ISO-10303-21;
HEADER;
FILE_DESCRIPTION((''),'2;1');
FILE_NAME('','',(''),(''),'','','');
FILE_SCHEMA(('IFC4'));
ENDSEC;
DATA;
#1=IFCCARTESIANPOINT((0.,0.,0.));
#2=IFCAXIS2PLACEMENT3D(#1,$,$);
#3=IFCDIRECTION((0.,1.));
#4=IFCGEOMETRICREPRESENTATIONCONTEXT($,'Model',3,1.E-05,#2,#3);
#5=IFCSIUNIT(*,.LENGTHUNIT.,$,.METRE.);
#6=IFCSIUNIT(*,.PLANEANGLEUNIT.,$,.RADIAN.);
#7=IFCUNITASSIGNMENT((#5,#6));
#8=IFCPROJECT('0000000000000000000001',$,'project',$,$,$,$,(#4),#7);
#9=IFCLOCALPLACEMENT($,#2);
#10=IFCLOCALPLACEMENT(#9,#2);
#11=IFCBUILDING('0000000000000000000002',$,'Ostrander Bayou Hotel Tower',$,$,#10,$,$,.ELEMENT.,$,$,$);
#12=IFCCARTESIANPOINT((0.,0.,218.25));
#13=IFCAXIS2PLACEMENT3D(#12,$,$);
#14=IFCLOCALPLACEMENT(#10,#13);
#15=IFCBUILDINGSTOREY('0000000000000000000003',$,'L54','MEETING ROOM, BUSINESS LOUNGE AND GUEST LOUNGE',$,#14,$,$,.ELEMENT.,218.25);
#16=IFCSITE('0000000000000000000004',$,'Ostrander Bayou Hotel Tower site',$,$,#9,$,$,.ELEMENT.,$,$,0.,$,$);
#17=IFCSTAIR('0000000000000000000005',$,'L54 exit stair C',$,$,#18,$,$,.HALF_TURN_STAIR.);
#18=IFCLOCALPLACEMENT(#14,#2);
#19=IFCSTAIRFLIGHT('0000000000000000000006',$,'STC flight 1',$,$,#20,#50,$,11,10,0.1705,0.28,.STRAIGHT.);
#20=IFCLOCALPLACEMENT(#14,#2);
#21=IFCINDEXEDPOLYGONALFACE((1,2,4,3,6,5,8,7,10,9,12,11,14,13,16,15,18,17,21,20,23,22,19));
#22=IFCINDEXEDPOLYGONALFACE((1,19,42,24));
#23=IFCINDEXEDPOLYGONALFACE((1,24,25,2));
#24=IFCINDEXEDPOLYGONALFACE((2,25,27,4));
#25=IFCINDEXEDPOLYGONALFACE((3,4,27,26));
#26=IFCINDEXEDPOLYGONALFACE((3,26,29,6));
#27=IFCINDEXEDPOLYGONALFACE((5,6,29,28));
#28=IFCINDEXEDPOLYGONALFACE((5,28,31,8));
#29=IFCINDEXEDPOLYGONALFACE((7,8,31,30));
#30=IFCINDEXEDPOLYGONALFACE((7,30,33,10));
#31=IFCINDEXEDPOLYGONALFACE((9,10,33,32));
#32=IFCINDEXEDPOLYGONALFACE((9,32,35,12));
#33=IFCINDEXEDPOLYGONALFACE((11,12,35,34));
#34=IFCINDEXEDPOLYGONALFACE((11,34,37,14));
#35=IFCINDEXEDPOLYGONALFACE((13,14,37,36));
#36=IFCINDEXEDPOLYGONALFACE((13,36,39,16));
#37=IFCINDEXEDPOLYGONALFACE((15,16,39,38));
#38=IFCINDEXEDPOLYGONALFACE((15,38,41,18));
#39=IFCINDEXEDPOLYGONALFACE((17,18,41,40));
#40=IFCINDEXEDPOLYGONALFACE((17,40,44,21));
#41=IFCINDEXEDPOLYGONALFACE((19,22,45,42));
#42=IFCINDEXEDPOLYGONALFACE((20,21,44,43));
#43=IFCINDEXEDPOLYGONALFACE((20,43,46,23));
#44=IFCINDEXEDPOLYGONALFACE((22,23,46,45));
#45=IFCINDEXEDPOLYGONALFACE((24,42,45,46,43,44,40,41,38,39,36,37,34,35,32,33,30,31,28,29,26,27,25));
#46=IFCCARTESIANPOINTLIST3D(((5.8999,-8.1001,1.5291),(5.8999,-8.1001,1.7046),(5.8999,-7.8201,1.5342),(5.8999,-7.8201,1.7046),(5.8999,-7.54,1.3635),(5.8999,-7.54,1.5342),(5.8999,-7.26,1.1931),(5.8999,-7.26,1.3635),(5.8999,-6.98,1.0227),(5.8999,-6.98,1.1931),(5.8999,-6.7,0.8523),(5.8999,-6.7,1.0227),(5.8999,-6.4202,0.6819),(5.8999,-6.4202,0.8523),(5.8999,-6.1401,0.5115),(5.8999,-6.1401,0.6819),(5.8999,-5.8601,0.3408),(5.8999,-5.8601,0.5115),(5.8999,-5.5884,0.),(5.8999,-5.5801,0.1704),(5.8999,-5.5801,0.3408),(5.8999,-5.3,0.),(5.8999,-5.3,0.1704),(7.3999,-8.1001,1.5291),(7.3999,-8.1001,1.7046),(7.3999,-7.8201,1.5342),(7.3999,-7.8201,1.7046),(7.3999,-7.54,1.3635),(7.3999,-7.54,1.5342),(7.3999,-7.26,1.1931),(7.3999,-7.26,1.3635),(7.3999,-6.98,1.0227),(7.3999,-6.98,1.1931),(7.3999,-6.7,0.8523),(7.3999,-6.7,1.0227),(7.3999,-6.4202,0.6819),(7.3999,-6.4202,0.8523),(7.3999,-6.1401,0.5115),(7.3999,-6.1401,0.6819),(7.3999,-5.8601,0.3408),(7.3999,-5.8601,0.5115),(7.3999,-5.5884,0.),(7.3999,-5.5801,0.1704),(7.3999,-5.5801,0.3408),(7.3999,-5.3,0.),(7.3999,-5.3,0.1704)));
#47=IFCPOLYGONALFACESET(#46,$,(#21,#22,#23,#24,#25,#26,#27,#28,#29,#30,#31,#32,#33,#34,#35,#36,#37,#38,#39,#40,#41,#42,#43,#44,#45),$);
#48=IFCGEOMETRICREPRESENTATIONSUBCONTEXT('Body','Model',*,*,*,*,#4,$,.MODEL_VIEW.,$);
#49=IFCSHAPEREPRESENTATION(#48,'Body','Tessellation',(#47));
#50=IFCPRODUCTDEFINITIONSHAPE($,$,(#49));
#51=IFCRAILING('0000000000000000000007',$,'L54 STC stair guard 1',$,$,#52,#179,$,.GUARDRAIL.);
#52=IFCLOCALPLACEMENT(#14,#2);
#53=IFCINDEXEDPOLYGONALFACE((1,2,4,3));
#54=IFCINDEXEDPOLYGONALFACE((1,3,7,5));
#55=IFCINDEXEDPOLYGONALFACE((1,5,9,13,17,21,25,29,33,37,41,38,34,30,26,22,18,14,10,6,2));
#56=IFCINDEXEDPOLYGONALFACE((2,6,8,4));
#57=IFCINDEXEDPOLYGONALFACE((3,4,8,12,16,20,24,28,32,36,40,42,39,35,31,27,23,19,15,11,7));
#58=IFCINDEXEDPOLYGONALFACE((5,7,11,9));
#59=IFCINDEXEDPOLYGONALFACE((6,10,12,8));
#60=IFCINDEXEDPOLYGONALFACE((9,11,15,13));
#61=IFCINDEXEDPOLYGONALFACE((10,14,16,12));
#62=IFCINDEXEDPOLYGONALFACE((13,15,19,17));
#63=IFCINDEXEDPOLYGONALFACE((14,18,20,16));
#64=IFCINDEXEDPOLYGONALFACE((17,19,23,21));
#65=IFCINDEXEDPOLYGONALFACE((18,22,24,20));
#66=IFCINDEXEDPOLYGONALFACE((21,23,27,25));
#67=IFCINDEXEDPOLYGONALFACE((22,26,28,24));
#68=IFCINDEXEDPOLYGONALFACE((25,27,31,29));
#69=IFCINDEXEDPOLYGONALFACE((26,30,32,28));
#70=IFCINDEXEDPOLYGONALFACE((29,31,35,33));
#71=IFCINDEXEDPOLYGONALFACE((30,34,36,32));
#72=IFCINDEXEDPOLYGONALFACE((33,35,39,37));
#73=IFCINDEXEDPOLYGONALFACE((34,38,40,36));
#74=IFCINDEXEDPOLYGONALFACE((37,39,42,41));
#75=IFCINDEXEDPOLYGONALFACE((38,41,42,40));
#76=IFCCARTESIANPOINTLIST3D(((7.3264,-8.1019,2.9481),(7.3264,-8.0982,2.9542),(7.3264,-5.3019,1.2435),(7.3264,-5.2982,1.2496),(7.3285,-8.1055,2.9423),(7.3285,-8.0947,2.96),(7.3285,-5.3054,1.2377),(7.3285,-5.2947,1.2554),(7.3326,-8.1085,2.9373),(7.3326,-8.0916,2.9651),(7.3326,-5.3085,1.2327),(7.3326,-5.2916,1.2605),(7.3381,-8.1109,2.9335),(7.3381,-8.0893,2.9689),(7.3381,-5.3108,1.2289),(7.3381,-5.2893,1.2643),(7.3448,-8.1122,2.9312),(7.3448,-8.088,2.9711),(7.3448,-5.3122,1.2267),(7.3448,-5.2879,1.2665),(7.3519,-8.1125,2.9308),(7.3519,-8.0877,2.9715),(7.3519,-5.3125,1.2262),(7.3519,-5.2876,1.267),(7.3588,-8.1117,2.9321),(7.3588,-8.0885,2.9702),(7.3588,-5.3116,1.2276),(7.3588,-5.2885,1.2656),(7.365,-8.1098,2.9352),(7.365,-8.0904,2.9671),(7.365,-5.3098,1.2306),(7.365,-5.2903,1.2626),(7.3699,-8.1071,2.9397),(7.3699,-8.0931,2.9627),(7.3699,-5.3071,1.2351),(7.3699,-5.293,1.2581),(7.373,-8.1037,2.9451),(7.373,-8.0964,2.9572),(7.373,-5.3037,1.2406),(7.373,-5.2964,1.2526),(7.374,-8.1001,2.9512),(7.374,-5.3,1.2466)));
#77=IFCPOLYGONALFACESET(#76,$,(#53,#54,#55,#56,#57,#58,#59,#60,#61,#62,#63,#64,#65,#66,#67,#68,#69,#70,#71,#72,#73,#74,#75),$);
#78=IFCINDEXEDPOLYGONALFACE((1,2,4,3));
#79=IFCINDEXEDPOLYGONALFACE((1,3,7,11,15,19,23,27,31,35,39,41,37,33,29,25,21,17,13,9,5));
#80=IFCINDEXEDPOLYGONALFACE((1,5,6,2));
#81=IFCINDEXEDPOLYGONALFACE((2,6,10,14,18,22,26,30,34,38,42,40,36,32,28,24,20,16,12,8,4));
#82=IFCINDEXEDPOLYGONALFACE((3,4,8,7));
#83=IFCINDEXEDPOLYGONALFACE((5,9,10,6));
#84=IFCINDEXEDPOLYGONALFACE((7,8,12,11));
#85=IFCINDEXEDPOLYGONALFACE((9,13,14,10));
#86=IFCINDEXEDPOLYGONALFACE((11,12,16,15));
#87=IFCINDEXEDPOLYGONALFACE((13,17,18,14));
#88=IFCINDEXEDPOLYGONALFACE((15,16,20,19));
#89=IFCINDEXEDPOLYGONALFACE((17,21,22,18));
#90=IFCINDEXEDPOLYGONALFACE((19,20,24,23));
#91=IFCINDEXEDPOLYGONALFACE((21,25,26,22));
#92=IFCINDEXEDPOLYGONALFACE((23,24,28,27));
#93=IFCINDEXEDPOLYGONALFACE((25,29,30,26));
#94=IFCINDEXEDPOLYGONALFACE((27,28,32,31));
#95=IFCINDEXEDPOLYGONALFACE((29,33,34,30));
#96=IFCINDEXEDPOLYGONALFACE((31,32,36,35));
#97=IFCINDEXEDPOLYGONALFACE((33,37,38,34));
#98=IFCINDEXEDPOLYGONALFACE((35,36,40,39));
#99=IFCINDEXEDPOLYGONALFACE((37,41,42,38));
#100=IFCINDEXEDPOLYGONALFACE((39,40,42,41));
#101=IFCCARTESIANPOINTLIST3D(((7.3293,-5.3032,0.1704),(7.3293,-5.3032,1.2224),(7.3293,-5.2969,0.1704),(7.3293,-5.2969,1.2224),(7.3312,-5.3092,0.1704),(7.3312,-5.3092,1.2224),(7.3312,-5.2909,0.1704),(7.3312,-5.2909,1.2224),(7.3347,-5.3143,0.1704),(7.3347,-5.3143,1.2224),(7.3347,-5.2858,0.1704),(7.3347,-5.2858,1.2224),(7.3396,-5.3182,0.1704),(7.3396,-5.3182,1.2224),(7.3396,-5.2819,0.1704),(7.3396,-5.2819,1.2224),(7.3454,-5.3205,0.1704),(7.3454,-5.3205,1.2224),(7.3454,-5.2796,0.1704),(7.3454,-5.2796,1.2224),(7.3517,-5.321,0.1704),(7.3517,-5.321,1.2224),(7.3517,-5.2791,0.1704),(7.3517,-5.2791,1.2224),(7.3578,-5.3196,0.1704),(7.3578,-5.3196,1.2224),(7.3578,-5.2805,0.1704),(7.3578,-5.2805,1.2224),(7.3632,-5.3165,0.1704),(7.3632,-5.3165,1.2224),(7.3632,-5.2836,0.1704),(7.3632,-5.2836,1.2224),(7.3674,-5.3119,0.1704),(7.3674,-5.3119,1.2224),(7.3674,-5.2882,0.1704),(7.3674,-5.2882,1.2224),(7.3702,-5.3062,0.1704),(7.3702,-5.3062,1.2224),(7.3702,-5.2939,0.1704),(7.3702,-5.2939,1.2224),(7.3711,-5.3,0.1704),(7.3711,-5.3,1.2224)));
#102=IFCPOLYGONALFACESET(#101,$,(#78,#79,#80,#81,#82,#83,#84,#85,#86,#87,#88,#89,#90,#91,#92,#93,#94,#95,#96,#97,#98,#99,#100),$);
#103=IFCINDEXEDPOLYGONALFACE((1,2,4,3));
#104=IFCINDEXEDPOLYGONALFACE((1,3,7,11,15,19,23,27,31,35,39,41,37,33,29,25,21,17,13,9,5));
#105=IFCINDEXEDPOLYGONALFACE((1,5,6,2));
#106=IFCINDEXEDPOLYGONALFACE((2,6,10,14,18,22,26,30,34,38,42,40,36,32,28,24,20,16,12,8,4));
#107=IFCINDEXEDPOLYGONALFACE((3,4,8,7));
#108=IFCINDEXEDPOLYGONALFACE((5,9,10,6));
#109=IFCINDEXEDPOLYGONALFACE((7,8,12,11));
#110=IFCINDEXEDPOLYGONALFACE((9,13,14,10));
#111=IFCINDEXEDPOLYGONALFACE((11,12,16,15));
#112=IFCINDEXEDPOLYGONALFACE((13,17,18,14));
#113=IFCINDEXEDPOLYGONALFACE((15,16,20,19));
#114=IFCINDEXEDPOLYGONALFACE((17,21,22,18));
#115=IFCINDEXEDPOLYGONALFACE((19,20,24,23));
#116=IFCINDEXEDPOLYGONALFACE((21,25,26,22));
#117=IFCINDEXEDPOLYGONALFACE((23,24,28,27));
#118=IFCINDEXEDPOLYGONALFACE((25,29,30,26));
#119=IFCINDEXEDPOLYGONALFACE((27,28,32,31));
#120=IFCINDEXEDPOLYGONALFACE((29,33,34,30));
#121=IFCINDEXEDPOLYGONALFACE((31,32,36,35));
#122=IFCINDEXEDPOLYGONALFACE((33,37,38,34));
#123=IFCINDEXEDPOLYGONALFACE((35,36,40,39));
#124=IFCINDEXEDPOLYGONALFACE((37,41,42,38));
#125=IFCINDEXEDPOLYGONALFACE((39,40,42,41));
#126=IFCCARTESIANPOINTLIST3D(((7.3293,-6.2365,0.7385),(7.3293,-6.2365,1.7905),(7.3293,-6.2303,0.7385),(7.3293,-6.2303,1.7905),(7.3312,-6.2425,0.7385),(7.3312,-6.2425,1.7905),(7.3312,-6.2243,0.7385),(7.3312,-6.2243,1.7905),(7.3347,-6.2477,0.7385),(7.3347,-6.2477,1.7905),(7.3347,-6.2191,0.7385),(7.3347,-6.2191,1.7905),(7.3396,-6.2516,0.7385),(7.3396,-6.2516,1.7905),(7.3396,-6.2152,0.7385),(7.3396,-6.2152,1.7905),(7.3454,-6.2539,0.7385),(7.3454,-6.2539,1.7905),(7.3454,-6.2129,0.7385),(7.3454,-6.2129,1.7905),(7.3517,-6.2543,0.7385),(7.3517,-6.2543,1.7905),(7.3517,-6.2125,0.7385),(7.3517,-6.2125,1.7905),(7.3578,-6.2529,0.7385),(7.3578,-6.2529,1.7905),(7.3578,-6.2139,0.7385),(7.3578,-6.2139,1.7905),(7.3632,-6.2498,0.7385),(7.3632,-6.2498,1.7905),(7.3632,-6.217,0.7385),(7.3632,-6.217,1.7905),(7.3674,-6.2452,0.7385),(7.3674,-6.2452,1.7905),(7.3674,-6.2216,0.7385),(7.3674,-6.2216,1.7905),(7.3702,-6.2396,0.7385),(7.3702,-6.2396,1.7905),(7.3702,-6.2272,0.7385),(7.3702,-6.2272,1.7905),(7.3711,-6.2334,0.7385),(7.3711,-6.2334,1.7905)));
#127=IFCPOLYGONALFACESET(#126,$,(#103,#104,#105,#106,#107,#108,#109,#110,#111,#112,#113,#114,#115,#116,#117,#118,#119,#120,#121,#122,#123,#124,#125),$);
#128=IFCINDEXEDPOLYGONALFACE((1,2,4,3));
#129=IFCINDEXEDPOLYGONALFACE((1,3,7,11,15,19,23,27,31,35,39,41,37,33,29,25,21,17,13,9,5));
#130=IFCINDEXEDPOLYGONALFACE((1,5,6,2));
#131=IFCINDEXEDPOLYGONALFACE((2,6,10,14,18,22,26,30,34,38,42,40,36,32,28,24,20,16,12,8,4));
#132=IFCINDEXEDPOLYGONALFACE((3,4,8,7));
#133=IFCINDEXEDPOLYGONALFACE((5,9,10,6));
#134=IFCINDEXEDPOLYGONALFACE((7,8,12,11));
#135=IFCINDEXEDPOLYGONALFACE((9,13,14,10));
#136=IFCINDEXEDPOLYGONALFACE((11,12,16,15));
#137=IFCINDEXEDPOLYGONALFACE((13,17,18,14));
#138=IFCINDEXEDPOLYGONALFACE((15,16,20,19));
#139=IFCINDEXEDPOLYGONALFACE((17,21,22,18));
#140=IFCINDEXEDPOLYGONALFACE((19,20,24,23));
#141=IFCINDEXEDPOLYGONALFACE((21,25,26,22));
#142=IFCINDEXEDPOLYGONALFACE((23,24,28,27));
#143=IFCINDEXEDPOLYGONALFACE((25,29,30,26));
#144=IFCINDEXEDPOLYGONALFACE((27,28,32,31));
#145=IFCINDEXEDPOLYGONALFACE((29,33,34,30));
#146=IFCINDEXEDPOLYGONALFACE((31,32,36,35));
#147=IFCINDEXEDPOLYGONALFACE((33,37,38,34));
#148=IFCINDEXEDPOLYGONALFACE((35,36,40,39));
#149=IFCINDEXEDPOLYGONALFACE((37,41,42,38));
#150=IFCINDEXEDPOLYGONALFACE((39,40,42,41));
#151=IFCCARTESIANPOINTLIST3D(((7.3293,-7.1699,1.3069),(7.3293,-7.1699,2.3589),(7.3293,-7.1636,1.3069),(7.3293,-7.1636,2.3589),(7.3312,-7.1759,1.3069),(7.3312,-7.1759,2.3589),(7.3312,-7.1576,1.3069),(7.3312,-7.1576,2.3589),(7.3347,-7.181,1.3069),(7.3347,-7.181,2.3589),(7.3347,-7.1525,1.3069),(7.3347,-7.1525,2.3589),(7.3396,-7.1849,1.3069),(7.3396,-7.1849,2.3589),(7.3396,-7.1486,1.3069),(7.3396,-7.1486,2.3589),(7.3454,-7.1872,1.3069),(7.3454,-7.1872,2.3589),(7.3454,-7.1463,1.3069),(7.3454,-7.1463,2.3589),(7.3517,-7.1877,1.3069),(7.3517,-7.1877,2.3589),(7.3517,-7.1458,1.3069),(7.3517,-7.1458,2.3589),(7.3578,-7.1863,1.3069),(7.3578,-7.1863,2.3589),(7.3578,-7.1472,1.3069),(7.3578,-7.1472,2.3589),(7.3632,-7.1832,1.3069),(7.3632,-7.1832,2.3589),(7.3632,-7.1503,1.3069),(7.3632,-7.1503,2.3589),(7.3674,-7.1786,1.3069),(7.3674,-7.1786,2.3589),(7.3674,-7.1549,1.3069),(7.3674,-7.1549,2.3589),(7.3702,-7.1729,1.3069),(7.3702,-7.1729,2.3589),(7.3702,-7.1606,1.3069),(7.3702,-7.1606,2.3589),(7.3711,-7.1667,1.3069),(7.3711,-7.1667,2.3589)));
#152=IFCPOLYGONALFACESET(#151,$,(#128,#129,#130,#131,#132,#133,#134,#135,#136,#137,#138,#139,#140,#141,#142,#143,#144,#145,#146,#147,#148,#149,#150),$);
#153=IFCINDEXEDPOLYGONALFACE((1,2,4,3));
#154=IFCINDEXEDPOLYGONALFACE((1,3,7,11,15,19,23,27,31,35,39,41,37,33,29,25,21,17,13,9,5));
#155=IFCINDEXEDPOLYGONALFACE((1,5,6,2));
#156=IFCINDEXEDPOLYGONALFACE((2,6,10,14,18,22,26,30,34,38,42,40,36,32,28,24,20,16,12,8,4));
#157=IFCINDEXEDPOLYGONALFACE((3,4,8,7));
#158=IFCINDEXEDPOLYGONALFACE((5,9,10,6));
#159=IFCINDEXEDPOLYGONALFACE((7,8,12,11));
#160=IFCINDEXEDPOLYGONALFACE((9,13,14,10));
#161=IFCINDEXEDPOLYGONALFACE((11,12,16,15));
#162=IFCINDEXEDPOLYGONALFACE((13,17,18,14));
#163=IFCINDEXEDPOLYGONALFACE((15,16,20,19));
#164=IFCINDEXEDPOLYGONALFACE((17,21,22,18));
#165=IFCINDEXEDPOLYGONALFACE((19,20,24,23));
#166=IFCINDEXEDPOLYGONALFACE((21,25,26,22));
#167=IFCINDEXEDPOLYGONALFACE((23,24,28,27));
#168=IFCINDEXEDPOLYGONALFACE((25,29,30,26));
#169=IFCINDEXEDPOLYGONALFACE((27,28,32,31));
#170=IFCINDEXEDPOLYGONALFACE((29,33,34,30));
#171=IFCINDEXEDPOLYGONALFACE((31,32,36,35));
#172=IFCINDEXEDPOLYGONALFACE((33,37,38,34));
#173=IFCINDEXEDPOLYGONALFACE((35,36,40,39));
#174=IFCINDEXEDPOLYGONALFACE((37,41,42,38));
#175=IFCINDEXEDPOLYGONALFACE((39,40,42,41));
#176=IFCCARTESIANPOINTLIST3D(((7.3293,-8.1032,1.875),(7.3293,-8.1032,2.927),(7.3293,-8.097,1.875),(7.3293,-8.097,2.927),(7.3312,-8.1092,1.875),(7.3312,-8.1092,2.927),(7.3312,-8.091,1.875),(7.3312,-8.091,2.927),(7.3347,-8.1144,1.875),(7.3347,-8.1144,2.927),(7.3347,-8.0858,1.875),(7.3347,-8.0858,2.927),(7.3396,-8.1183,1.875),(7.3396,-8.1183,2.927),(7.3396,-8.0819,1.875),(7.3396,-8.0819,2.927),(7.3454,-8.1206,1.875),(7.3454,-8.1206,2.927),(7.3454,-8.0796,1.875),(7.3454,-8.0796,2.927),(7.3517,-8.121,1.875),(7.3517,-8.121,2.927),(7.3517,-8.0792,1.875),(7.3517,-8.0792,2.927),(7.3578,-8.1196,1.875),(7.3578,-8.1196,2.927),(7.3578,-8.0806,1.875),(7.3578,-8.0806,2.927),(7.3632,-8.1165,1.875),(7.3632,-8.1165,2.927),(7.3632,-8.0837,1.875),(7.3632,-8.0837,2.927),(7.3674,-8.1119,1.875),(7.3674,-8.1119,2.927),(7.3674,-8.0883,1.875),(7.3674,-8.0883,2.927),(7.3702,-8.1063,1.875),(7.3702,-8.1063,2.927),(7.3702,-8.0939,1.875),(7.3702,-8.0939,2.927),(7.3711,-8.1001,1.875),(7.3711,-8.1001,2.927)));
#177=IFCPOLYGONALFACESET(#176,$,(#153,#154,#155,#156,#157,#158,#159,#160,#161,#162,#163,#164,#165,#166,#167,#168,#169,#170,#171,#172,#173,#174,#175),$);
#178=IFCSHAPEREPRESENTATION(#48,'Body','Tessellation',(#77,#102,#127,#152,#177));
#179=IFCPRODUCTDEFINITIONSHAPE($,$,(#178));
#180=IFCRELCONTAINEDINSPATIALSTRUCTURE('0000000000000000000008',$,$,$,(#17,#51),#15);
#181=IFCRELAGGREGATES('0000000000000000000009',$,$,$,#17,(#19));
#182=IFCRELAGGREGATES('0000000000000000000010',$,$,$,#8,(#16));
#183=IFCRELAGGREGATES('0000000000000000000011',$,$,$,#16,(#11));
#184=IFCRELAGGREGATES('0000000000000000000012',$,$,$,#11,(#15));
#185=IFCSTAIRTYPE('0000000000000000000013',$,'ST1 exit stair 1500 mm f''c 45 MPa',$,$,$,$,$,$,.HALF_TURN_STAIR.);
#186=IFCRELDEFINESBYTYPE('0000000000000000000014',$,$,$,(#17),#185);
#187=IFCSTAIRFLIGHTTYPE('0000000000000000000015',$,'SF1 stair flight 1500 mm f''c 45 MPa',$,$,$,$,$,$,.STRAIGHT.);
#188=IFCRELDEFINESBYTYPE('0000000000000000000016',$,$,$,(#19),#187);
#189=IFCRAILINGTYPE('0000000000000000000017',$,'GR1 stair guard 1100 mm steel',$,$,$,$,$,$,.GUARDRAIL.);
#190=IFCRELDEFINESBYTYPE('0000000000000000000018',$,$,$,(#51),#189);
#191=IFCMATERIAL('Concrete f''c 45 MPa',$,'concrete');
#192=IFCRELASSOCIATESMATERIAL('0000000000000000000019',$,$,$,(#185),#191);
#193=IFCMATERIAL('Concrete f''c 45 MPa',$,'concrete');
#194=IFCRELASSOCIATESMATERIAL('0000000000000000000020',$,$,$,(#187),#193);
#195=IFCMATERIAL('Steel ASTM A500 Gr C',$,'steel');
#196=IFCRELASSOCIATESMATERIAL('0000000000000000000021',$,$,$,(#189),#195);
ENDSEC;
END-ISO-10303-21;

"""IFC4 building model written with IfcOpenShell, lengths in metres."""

from ifc_helpers import new_model, si_unit, direction, frame, origin, origin_2d, place, context, subcontext, project, spatial, polyline, circle, outline, extrude, material, type_object, element, aggregate, save


model = new_model("IFC4")

# Units and contexts
model_context = context("Model", 3, precision=1e-05, world=origin(), true_north=direction((0.0, 1.0)))
body_context = subcontext(model_context, "Body", "Model", "MODEL_VIEW")
ifc_project = project(units=[si_unit("LENGTHUNIT", "METRE"), si_unit("PLANEANGLEUNIT", "RADIAN")], contexts=[model_context])

# Site, building, storey
site_placement = place(None, origin())
site = spatial("IfcSite", under=ifc_project, at=site_placement, Name="Ostrander Bayou Hotel Tower site", CompositionType="ELEMENT", RefElevation=0.0)
building_placement = place(site_placement, origin())
building = spatial("IfcBuilding", under=site, at=building_placement, Name="Ostrander Bayou Hotel Tower", CompositionType="ELEMENT")
storey_placement = place(building_placement, frame((0.0, 0.0, 218.25)))
storey = spatial("IfcBuildingStorey", under=building, at=storey_placement, Name="L54", Description="MEETING ROOM, BUSINESS LOUNGE AND GUEST LOUNGE", CompositionType="ELEMENT", Elevation=218.25)

# Shared definitions
ifc_material_1 = material(Name="Concrete f'c 45 MPa", Category="concrete")
stair_type = type_object("IfcStairType", Name="ST1 exit stair 1500 mm f'c 45 MPa", PredefinedType="HALF_TURN_STAIR", material=ifc_material_1)

# Stair, stair flight
stair_1_placement = place(storey_placement, origin())
stair_1 = element("IfcStair", 1, at=stair_1_placement, inside=storey, type_object=stair_type, Name="L54 exit stair C", PredefinedType="HALF_TURN_STAIR")
ifc_material_2 = material(Name="Concrete f'c 45 MPa", Category="concrete")
stair_flight_type = type_object("IfcStairFlightType", Name="SF1 stair flight 1500 mm f'c 45 MPa", PredefinedType="STRAIGHT", material=ifc_material_2)
stair_flight_placement = place(storey_placement, frame((6.6499, -5.3, 0.0), z_axis=(0.0, 0.0, 1.0), x_axis=(0.0, -1.0, 0.0)))
stair_flight = element("IfcStairFlight", 2, at=stair_flight_placement, type_object=stair_flight_type, Name="STC flight 1", NumberOfRisers=11, NumberOfTreads=10, PredefinedType="STRAIGHT", RiserHeight=0.1705, TreadLength=0.28, context=body_context, shape_type="SweptSolid", body=[
    extrude(outline(polyline([(0.0, 0.0), (0.0, 0.1704), (0.28, 0.1704), (0.28, 0.3408), (0.5601, 0.3408), (0.5601, 0.5115), (0.8401, 0.5115), (0.8401, 0.6819), (1.1201, 0.6819), (1.1201, 0.8523), (1.3999, 0.8523), (1.3999, 1.0227), (1.6799, 1.0227), (1.6799, 1.1931), (1.96, 1.1931), (1.96, 1.3635), (2.24, 1.3635), (2.24, 1.5342), (2.52, 1.5342), (2.52, 1.7046), (2.8, 1.7046), (2.8, 1.875), (2.8, 1.5291), (0.2883, 0.0), (0.0, 0.0)])), frame((0.0, 0.75, 0.0), z_axis=(0.0, -1.0, 0.0), x_axis=(1.0, 0.0, 0.0)), (0.0, 0.0, 1.0), 1.5),
])
aggregate(stair_1, [stair_flight])

# Railing
ifc_material_3 = material(Name="Steel ASTM A500 Gr C", Category="steel")
railing_type_1 = type_object("IfcRailingType", Name="GR1 stair guard 1100 mm steel", PredefinedType="GUARDRAIL", material=ifc_material_3)
railing_1_placement = place(storey_placement, frame((7.3501, -5.3, 0.1704)))
element("IfcRailing", 3, at=railing_1_placement, inside=storey, type_object=railing_type_1, Name="L54 STC stair guard 1", PredefinedType="GUARDRAIL", context=body_context, shape_type="SweptSolid", body=[
    extrude(circle(Radius=0.0239, at=origin_2d()), frame((0.0, 0.0, 1.0762), z_axis=(0.0, -0.85417, 0.519994), x_axis=(1.0, 0.0, 0.0)), (0.0, 0.0, 1.0), 3.2781),
    extrude(circle(Radius=0.021, at=origin_2d()), origin(), (0.0, 0.0, 1.0), 1.052),
    extrude(circle(Radius=0.021, at=origin_2d()), frame((0.0, -0.9333, 0.5681)), (0.0, 0.0, 1.0), 1.052),
    extrude(circle(Radius=0.021, at=origin_2d()), frame((0.0, -1.8667, 1.1365)), (0.0, 0.0, 1.0), 1.052),
    extrude(circle(Radius=0.021, at=origin_2d()), frame((0.0, -2.8, 1.7046)), (0.0, 0.0, 1.0), 1.052),
])

save(model, "model.ifc")
